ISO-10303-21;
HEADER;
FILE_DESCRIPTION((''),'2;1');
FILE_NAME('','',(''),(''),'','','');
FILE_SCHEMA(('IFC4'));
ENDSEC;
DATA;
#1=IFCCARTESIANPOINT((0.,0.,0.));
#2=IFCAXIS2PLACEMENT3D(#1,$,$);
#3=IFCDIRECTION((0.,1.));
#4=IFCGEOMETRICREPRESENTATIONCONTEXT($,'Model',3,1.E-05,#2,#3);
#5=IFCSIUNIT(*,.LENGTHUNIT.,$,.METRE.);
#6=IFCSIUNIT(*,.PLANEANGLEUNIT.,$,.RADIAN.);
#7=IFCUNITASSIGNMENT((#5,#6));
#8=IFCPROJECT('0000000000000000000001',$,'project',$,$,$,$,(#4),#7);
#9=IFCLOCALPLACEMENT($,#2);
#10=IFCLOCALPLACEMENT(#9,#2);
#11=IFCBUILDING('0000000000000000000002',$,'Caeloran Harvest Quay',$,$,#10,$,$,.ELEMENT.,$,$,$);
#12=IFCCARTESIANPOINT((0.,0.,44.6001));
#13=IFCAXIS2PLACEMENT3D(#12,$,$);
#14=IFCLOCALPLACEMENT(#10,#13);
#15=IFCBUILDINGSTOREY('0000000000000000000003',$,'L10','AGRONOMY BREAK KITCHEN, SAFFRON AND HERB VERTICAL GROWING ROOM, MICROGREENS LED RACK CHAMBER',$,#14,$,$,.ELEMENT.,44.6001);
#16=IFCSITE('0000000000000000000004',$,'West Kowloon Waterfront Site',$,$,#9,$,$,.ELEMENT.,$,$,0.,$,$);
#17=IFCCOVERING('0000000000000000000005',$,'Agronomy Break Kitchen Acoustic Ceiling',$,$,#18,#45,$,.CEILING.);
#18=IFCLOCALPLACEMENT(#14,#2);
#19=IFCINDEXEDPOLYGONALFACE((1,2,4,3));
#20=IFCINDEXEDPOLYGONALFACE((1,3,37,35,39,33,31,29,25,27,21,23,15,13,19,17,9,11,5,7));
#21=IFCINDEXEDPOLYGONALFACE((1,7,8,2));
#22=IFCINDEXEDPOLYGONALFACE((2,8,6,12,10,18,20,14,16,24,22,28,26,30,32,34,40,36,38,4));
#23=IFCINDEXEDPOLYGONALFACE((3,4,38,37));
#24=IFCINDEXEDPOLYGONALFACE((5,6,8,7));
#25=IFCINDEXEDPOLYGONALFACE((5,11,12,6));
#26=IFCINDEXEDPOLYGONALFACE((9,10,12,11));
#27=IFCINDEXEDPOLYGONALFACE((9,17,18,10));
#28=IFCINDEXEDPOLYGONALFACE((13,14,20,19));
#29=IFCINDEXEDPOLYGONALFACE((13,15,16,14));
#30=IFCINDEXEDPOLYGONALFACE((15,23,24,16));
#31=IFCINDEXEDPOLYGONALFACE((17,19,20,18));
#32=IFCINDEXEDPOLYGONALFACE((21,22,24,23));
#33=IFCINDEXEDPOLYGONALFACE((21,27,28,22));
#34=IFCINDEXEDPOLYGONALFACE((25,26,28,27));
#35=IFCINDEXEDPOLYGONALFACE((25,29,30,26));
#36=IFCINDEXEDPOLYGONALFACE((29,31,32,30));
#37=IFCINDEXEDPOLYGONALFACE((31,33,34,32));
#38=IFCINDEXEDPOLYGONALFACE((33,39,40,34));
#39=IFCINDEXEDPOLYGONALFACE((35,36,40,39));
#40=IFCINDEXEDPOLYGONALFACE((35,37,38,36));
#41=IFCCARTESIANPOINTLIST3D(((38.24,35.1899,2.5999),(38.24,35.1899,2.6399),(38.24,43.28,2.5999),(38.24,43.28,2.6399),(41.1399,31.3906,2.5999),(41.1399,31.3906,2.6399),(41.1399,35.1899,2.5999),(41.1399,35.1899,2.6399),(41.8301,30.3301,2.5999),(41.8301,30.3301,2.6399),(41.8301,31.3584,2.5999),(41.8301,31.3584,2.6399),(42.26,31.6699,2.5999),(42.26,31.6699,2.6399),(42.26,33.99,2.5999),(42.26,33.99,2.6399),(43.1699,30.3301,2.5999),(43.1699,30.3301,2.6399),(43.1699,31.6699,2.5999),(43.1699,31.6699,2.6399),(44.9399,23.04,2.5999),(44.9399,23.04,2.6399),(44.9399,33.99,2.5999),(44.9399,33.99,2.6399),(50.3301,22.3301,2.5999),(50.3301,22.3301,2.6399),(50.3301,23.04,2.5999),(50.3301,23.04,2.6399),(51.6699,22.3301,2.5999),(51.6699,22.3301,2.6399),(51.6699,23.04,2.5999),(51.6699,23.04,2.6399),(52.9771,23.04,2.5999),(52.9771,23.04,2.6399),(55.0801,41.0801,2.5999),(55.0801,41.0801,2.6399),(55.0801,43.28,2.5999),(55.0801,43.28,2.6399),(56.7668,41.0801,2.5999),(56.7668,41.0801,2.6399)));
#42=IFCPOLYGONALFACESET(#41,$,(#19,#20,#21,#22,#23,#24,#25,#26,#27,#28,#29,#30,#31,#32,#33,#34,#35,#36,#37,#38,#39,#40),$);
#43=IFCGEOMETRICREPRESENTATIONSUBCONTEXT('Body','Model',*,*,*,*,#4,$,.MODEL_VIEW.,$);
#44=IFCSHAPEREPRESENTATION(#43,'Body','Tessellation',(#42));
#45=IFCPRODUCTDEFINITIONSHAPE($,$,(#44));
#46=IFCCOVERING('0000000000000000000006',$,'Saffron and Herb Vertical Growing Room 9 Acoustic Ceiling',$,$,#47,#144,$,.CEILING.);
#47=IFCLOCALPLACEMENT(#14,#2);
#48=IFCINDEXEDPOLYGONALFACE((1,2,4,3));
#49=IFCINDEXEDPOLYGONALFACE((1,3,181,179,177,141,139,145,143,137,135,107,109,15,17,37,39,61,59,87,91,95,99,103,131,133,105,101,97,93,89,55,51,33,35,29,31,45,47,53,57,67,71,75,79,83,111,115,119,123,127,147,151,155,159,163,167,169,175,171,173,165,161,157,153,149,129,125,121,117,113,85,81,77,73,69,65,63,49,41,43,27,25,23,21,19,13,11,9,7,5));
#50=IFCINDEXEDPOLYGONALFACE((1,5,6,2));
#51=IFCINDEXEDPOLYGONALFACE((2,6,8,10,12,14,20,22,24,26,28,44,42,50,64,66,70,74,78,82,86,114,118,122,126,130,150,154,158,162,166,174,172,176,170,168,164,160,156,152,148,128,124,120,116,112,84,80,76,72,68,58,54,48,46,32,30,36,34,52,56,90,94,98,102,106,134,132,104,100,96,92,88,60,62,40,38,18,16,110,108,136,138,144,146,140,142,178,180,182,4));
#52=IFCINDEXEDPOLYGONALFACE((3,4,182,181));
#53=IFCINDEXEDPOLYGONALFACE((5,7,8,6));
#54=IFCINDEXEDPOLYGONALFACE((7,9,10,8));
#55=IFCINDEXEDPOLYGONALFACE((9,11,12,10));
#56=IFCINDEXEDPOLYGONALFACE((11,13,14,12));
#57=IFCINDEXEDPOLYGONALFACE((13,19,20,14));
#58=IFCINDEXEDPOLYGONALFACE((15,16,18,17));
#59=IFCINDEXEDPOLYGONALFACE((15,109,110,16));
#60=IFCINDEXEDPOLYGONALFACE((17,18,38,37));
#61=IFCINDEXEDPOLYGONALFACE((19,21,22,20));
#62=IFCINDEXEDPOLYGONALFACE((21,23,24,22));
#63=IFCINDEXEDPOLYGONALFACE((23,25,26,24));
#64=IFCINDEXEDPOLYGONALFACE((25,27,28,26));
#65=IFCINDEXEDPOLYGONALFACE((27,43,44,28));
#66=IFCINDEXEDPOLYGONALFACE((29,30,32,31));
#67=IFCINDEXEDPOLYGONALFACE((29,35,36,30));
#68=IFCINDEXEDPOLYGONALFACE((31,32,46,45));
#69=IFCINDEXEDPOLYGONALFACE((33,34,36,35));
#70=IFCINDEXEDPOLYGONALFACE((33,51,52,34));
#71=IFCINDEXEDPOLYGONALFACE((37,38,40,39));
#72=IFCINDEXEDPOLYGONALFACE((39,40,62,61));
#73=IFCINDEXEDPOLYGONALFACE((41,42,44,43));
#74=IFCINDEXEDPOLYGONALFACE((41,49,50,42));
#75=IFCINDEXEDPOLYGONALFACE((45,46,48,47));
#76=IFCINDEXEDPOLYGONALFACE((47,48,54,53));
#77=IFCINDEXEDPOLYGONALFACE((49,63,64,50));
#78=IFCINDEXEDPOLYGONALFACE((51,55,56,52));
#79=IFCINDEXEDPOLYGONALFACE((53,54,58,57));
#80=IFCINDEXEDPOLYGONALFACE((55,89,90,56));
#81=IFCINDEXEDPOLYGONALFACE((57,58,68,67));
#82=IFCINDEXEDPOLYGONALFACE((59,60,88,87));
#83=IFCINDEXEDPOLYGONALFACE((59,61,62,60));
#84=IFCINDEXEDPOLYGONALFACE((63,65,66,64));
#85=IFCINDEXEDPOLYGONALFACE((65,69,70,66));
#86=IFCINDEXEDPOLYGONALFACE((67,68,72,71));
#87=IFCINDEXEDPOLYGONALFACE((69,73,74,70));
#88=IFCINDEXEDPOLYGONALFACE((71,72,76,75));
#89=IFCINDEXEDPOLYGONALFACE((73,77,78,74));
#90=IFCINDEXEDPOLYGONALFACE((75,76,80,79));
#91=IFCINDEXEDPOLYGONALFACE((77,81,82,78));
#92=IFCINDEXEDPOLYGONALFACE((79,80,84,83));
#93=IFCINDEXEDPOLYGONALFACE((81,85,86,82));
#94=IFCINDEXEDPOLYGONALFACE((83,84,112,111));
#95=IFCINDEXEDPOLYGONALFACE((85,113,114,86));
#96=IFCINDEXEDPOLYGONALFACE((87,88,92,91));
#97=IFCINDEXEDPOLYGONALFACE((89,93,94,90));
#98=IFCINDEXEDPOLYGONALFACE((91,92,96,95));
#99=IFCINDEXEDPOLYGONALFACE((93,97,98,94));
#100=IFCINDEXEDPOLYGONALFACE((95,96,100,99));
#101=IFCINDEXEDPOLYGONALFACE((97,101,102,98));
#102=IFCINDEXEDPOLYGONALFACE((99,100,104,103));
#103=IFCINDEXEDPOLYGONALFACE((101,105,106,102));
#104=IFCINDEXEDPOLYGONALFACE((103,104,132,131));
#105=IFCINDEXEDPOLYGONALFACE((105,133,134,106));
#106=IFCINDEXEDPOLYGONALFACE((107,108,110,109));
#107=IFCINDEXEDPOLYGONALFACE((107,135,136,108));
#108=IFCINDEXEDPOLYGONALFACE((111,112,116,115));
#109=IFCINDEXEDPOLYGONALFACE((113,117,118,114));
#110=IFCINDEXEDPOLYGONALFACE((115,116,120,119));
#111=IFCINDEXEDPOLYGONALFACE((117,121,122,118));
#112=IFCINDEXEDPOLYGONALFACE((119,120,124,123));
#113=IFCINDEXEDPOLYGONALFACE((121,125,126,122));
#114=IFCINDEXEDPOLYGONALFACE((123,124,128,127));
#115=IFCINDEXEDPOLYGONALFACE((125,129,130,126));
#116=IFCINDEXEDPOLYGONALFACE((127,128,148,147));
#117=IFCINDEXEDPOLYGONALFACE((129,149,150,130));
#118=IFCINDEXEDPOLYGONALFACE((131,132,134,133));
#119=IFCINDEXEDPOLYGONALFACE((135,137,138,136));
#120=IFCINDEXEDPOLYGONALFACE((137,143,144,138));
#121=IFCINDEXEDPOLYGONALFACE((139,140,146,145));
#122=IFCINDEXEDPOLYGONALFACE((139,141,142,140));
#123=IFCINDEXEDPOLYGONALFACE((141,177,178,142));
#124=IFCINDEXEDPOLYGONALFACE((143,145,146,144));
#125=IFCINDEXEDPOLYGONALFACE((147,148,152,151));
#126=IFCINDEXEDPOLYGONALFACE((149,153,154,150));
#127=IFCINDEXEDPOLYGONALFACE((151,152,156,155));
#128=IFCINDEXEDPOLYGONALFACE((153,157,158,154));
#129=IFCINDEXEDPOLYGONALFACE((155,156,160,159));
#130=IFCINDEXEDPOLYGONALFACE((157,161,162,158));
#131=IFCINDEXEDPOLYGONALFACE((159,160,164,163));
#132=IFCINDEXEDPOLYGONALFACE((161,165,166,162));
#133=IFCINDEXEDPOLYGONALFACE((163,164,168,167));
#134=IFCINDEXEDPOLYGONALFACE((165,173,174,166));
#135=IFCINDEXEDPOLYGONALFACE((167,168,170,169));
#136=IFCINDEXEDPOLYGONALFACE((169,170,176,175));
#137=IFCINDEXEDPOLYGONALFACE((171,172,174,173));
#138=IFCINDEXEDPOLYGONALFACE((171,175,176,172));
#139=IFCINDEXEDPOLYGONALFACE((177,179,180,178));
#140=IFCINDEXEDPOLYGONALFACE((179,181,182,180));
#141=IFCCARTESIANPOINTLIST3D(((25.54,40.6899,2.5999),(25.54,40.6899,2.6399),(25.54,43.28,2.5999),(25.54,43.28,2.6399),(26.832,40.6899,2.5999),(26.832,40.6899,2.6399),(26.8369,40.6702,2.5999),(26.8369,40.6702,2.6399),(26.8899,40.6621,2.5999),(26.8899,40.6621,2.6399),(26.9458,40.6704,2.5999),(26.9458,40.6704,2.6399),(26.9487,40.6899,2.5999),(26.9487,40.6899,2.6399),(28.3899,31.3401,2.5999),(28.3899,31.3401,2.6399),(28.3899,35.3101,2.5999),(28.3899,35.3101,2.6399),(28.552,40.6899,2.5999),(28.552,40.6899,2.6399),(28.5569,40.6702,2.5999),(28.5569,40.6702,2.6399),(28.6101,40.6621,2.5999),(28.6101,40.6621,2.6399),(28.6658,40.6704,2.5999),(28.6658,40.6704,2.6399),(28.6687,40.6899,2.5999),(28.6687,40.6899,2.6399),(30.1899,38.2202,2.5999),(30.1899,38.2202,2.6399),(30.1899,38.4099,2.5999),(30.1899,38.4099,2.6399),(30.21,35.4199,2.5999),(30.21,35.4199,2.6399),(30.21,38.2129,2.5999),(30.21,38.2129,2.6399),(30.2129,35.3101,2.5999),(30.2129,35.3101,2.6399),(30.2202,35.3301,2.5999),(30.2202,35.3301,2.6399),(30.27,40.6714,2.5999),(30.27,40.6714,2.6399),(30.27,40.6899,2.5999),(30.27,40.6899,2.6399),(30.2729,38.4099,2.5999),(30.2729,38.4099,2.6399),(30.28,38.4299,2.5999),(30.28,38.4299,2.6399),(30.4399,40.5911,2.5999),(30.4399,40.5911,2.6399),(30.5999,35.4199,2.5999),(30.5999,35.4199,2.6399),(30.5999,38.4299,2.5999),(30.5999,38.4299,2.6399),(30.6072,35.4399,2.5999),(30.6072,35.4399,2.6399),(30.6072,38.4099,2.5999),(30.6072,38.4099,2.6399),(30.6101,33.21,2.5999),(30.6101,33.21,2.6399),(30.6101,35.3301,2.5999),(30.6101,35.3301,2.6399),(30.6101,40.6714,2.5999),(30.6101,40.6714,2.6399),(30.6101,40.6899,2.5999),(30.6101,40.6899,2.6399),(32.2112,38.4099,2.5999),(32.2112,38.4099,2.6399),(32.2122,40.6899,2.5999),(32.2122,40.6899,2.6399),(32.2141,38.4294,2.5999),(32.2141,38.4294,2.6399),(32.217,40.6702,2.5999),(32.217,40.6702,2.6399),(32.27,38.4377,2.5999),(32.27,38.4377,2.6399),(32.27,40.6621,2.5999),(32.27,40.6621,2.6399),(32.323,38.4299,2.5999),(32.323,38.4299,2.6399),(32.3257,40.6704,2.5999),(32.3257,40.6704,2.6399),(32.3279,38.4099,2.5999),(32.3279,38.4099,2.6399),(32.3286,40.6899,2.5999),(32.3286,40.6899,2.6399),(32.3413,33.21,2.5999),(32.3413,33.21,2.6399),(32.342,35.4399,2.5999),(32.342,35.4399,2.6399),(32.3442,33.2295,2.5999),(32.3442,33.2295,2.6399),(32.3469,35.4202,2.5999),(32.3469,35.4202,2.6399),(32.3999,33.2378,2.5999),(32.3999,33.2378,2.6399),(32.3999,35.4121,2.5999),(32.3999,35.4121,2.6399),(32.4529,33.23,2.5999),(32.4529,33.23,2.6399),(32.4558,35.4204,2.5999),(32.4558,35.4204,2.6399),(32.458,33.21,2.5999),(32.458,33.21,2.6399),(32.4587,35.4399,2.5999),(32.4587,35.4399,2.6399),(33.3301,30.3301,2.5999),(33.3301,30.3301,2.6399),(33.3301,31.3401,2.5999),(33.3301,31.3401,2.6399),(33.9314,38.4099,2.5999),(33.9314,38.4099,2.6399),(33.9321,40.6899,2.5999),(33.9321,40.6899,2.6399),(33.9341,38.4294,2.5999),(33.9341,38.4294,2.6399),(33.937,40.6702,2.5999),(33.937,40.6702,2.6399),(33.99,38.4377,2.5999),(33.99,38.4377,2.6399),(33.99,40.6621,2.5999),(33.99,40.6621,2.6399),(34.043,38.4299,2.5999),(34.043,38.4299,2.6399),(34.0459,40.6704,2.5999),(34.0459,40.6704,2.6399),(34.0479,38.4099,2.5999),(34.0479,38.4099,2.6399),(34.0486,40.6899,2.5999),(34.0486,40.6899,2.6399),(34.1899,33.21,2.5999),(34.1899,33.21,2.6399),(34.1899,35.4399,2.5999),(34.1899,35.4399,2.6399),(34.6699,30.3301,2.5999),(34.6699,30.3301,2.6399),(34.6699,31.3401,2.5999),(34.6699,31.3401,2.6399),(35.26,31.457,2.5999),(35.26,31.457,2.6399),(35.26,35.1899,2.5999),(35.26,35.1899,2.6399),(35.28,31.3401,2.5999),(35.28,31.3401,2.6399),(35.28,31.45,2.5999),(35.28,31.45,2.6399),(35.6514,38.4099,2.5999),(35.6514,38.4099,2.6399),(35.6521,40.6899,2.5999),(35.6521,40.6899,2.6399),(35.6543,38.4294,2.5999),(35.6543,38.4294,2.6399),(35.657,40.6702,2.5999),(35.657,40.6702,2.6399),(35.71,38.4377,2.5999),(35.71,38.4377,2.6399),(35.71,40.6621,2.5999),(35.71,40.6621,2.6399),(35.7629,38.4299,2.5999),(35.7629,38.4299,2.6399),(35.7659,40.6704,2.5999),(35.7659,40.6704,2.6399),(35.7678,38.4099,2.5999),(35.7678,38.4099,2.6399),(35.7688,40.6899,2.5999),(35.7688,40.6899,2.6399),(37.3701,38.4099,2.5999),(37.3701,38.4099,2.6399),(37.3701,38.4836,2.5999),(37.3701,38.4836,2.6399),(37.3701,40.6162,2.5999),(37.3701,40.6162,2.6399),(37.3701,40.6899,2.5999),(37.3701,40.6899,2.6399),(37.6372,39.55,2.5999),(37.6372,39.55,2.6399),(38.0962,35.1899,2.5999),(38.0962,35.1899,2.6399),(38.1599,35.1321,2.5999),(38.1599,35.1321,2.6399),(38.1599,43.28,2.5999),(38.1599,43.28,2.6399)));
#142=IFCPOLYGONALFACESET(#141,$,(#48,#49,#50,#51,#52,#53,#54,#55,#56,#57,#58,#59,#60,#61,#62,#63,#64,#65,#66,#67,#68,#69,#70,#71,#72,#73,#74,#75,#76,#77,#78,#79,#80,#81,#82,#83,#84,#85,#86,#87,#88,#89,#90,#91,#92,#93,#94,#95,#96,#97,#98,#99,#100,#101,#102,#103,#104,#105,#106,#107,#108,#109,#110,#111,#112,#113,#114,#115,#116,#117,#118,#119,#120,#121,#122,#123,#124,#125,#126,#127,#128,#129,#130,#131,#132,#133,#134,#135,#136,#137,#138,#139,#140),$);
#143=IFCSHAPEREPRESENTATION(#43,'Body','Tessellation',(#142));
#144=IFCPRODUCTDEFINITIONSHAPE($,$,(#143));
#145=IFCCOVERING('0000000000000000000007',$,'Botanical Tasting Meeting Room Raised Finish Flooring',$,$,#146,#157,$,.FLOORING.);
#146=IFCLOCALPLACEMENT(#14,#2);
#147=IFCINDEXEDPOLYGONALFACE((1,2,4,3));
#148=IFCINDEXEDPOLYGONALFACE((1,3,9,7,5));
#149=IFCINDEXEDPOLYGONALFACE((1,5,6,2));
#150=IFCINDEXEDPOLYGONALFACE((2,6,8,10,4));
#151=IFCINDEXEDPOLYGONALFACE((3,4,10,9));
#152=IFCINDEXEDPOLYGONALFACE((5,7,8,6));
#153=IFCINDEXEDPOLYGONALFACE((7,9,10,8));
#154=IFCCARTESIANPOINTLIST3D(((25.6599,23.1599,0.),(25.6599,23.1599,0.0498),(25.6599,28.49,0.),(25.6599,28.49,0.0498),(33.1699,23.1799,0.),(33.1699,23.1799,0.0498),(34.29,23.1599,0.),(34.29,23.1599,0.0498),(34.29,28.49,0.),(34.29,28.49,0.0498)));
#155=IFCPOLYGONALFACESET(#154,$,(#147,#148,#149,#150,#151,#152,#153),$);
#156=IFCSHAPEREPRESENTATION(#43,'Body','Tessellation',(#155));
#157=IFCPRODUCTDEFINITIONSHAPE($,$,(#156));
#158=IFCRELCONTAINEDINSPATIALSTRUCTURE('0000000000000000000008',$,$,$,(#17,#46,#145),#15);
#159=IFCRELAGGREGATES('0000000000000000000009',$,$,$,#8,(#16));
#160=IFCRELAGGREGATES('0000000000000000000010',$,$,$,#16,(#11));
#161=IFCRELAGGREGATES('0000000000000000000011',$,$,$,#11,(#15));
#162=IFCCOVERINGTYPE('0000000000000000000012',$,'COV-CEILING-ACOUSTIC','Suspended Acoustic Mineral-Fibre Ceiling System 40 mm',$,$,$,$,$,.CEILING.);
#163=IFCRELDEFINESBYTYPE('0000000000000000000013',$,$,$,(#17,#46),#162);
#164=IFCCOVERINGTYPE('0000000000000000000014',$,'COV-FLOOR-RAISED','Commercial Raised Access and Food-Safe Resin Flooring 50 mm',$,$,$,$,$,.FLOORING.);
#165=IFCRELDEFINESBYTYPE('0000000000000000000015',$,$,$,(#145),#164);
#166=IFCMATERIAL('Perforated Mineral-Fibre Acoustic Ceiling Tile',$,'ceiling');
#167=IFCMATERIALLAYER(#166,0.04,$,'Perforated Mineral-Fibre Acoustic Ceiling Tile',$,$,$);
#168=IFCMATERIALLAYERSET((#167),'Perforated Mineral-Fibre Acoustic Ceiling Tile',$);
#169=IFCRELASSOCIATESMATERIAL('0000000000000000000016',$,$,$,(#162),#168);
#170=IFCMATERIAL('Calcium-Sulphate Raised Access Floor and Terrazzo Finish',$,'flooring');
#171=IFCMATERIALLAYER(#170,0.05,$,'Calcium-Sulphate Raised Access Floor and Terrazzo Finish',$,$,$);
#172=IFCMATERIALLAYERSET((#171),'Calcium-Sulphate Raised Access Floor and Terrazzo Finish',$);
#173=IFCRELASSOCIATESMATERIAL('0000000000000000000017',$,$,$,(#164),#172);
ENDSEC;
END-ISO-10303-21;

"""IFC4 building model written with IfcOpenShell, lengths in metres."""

from ifc_helpers import new_model, si_unit, direction, frame, origin, place, context, subcontext, project, spatial, polyline, outline, extrude, material, layer, layer_set, type_object, element, save


model = new_model("IFC4")

# Units and contexts
model_context = context("Model", 3, precision=1e-05, world=origin(), true_north=direction((0.0, 1.0)))
body_context = subcontext(model_context, "Body", "Model", "MODEL_VIEW")
ifc_project = project(units=[si_unit("LENGTHUNIT", "METRE"), si_unit("PLANEANGLEUNIT", "RADIAN")], contexts=[model_context])

# Site, building, storey
site_placement = place(None, origin())
site = spatial("IfcSite", under=ifc_project, at=site_placement, Name="West Kowloon Waterfront Site", CompositionType="ELEMENT", RefElevation=0.0)
building_placement = place(site_placement, origin())
building = spatial("IfcBuilding", under=site, at=building_placement, Name="Caeloran Harvest Quay", CompositionType="ELEMENT")
storey_placement = place(building_placement, frame((0.0, 0.0, 44.6001)))
storey = spatial("IfcBuildingStorey", under=building, at=storey_placement, Name="L10", Description="AGRONOMY BREAK KITCHEN, SAFFRON AND HERB VERTICAL GROWING ROOM, MICROGREENS LED RACK CHAMBER", CompositionType="ELEMENT", Elevation=44.6001)

# Coverings
ifc_material_1 = material(Name="Perforated Mineral-Fibre Acoustic Ceiling Tile", Category="ceiling")
ifc_layer_1 = layer(ifc_material_1, 0.04, Name="Perforated Mineral-Fibre Acoustic Ceiling Tile")
ifc_layer_set_1 = layer_set([ifc_layer_1], Name="Perforated Mineral-Fibre Acoustic Ceiling Tile")
covering_type_1 = type_object("IfcCoveringType", Name="COV-CEILING-ACOUSTIC", Description="Suspended Acoustic Mineral-Fibre Ceiling System 40 mm", PredefinedType="CEILING", material=ifc_layer_set_1)
covering_1_placement = place(storey_placement, frame((0.0, 0.0, 2.5999)))
element("IfcCovering", 1, at=covering_1_placement, inside=storey, type_object=covering_type_1, Name="Agronomy Break Kitchen Acoustic Ceiling", PredefinedType="CEILING", context=body_context, shape_type="SweptSolid", body=[
    extrude(outline(polyline([(50.3301, 23.04), (44.9399, 23.04), (44.9399, 33.99), (42.26, 33.99), (42.26, 31.6699), (43.1699, 31.6699), (43.1699, 30.3301), (41.8301, 30.3301), (41.8301, 31.3584), (41.1399, 31.3906), (41.1399, 35.1899), (38.24, 35.1899), (38.24, 43.28), (55.0801, 43.28), (55.0801, 41.0801), (56.7668, 41.0801), (52.9771, 23.04), (51.6699, 23.04), (51.6699, 22.3301), (50.3301, 22.3301), (50.3301, 23.04)])), origin(), (0.0, 0.0, 1.0), 0.04),
])
covering_2_placement = place(storey_placement, frame((0.0, 0.0, 2.5999)))
element("IfcCovering", 2, at=covering_2_placement, inside=storey, type_object=covering_type_1, Name="Saffron and Herb Vertical Growing Room 9 Acoustic Ceiling", PredefinedType="CEILING", context=body_context, shape_type="SweptSolid", body=[
    extrude(outline(polyline([(34.6699, 30.3301), (33.3301, 30.3301), (33.3301, 31.3401), (28.3899, 31.3401), (28.3899, 35.3101), (30.2129, 35.3101), (30.2202, 35.3301), (30.6101, 35.3301), (30.6101, 33.21), (32.3413, 33.21), (32.3442, 33.2295), (32.3999, 33.2378), (32.4529, 33.23), (32.458, 33.21), (34.1899, 33.21), (34.1899, 35.4399), (32.4587, 35.4399), (32.4558, 35.4204), (32.3999, 35.4121), (32.3469, 35.4202), (32.342, 35.4399), (30.6072, 35.4399), (30.5999, 35.4199), (30.21, 35.4199), (30.21, 38.2129), (30.1899, 38.2202), (30.1899, 38.4099), (30.2729, 38.4099), (30.28, 38.4299), (30.5999, 38.4299), (30.6072, 38.4099), (32.2112, 38.4099), (32.2141, 38.4294), (32.27, 38.4377), (32.323, 38.4299), (32.3279, 38.4099), (33.9314, 38.4099), (33.9341, 38.4294), (33.99, 38.4377), (34.043, 38.4299), (34.0479, 38.4099), (35.6514, 38.4099), (35.6543, 38.4294), (35.71, 38.4377), (35.7629, 38.4299), (35.7678, 38.4099), (37.3701, 38.4099), (37.3701, 38.4836), (37.6372, 39.55), (37.3701, 40.6162), (37.3701, 40.6899), (35.7688, 40.6899), (35.7659, 40.6704), (35.71, 40.6621), (35.657, 40.6702), (35.6521, 40.6899), (34.0486, 40.6899), (34.0459, 40.6704), (33.99, 40.6621), (33.937, 40.6702), (33.9321, 40.6899), (32.3286, 40.6899), (32.3257, 40.6704), (32.27, 40.6621), (32.217, 40.6702), (32.2122, 40.6899), (30.6101, 40.6899), (30.6101, 40.6714), (30.4399, 40.5911), (30.27, 40.6714), (30.27, 40.6899), (28.6687, 40.6899), (28.6658, 40.6704), (28.6101, 40.6621), (28.5569, 40.6702), (28.552, 40.6899), (26.9487, 40.6899), (26.9458, 40.6704), (26.8899, 40.6621), (26.8369, 40.6702), (26.832, 40.6899), (25.54, 40.6899), (25.54, 43.28), (38.1599, 43.28), (38.1599, 35.1321), (38.0962, 35.1899), (35.26, 35.1899), (35.26, 31.457), (35.28, 31.45), (35.28, 31.3401), (34.6699, 31.3401), (34.6699, 30.3301)])), origin(), (0.0, 0.0, 1.0), 0.04),
])
ifc_material_2 = material(Name="Calcium-Sulphate Raised Access Floor and Terrazzo Finish", Category="flooring")
ifc_layer_2 = layer(ifc_material_2, 0.05, Name="Calcium-Sulphate Raised Access Floor and Terrazzo Finish")
ifc_layer_set_2 = layer_set([ifc_layer_2], Name="Calcium-Sulphate Raised Access Floor and Terrazzo Finish")
covering_type_2 = type_object("IfcCoveringType", Name="COV-FLOOR-RAISED", Description="Commercial Raised Access and Food-Safe Resin Flooring 50 mm", PredefinedType="FLOORING", material=ifc_layer_set_2)
covering_3_placement = place(storey_placement, origin())
element("IfcCovering", 3, at=covering_3_placement, inside=storey, type_object=covering_type_2, Name="Botanical Tasting Meeting Room Raised Finish Flooring", PredefinedType="FLOORING", context=body_context, shape_type="SweptSolid", body=[
    extrude(outline(polyline([(33.1699, 23.1799), (25.6599, 23.1599), (25.6599, 28.49), (34.29, 28.49), (34.29, 23.1599), (33.1699, 23.1799)])), origin(), (0.0, 0.0, 1.0), 0.0498),
])

save(model, "model.ifc")
